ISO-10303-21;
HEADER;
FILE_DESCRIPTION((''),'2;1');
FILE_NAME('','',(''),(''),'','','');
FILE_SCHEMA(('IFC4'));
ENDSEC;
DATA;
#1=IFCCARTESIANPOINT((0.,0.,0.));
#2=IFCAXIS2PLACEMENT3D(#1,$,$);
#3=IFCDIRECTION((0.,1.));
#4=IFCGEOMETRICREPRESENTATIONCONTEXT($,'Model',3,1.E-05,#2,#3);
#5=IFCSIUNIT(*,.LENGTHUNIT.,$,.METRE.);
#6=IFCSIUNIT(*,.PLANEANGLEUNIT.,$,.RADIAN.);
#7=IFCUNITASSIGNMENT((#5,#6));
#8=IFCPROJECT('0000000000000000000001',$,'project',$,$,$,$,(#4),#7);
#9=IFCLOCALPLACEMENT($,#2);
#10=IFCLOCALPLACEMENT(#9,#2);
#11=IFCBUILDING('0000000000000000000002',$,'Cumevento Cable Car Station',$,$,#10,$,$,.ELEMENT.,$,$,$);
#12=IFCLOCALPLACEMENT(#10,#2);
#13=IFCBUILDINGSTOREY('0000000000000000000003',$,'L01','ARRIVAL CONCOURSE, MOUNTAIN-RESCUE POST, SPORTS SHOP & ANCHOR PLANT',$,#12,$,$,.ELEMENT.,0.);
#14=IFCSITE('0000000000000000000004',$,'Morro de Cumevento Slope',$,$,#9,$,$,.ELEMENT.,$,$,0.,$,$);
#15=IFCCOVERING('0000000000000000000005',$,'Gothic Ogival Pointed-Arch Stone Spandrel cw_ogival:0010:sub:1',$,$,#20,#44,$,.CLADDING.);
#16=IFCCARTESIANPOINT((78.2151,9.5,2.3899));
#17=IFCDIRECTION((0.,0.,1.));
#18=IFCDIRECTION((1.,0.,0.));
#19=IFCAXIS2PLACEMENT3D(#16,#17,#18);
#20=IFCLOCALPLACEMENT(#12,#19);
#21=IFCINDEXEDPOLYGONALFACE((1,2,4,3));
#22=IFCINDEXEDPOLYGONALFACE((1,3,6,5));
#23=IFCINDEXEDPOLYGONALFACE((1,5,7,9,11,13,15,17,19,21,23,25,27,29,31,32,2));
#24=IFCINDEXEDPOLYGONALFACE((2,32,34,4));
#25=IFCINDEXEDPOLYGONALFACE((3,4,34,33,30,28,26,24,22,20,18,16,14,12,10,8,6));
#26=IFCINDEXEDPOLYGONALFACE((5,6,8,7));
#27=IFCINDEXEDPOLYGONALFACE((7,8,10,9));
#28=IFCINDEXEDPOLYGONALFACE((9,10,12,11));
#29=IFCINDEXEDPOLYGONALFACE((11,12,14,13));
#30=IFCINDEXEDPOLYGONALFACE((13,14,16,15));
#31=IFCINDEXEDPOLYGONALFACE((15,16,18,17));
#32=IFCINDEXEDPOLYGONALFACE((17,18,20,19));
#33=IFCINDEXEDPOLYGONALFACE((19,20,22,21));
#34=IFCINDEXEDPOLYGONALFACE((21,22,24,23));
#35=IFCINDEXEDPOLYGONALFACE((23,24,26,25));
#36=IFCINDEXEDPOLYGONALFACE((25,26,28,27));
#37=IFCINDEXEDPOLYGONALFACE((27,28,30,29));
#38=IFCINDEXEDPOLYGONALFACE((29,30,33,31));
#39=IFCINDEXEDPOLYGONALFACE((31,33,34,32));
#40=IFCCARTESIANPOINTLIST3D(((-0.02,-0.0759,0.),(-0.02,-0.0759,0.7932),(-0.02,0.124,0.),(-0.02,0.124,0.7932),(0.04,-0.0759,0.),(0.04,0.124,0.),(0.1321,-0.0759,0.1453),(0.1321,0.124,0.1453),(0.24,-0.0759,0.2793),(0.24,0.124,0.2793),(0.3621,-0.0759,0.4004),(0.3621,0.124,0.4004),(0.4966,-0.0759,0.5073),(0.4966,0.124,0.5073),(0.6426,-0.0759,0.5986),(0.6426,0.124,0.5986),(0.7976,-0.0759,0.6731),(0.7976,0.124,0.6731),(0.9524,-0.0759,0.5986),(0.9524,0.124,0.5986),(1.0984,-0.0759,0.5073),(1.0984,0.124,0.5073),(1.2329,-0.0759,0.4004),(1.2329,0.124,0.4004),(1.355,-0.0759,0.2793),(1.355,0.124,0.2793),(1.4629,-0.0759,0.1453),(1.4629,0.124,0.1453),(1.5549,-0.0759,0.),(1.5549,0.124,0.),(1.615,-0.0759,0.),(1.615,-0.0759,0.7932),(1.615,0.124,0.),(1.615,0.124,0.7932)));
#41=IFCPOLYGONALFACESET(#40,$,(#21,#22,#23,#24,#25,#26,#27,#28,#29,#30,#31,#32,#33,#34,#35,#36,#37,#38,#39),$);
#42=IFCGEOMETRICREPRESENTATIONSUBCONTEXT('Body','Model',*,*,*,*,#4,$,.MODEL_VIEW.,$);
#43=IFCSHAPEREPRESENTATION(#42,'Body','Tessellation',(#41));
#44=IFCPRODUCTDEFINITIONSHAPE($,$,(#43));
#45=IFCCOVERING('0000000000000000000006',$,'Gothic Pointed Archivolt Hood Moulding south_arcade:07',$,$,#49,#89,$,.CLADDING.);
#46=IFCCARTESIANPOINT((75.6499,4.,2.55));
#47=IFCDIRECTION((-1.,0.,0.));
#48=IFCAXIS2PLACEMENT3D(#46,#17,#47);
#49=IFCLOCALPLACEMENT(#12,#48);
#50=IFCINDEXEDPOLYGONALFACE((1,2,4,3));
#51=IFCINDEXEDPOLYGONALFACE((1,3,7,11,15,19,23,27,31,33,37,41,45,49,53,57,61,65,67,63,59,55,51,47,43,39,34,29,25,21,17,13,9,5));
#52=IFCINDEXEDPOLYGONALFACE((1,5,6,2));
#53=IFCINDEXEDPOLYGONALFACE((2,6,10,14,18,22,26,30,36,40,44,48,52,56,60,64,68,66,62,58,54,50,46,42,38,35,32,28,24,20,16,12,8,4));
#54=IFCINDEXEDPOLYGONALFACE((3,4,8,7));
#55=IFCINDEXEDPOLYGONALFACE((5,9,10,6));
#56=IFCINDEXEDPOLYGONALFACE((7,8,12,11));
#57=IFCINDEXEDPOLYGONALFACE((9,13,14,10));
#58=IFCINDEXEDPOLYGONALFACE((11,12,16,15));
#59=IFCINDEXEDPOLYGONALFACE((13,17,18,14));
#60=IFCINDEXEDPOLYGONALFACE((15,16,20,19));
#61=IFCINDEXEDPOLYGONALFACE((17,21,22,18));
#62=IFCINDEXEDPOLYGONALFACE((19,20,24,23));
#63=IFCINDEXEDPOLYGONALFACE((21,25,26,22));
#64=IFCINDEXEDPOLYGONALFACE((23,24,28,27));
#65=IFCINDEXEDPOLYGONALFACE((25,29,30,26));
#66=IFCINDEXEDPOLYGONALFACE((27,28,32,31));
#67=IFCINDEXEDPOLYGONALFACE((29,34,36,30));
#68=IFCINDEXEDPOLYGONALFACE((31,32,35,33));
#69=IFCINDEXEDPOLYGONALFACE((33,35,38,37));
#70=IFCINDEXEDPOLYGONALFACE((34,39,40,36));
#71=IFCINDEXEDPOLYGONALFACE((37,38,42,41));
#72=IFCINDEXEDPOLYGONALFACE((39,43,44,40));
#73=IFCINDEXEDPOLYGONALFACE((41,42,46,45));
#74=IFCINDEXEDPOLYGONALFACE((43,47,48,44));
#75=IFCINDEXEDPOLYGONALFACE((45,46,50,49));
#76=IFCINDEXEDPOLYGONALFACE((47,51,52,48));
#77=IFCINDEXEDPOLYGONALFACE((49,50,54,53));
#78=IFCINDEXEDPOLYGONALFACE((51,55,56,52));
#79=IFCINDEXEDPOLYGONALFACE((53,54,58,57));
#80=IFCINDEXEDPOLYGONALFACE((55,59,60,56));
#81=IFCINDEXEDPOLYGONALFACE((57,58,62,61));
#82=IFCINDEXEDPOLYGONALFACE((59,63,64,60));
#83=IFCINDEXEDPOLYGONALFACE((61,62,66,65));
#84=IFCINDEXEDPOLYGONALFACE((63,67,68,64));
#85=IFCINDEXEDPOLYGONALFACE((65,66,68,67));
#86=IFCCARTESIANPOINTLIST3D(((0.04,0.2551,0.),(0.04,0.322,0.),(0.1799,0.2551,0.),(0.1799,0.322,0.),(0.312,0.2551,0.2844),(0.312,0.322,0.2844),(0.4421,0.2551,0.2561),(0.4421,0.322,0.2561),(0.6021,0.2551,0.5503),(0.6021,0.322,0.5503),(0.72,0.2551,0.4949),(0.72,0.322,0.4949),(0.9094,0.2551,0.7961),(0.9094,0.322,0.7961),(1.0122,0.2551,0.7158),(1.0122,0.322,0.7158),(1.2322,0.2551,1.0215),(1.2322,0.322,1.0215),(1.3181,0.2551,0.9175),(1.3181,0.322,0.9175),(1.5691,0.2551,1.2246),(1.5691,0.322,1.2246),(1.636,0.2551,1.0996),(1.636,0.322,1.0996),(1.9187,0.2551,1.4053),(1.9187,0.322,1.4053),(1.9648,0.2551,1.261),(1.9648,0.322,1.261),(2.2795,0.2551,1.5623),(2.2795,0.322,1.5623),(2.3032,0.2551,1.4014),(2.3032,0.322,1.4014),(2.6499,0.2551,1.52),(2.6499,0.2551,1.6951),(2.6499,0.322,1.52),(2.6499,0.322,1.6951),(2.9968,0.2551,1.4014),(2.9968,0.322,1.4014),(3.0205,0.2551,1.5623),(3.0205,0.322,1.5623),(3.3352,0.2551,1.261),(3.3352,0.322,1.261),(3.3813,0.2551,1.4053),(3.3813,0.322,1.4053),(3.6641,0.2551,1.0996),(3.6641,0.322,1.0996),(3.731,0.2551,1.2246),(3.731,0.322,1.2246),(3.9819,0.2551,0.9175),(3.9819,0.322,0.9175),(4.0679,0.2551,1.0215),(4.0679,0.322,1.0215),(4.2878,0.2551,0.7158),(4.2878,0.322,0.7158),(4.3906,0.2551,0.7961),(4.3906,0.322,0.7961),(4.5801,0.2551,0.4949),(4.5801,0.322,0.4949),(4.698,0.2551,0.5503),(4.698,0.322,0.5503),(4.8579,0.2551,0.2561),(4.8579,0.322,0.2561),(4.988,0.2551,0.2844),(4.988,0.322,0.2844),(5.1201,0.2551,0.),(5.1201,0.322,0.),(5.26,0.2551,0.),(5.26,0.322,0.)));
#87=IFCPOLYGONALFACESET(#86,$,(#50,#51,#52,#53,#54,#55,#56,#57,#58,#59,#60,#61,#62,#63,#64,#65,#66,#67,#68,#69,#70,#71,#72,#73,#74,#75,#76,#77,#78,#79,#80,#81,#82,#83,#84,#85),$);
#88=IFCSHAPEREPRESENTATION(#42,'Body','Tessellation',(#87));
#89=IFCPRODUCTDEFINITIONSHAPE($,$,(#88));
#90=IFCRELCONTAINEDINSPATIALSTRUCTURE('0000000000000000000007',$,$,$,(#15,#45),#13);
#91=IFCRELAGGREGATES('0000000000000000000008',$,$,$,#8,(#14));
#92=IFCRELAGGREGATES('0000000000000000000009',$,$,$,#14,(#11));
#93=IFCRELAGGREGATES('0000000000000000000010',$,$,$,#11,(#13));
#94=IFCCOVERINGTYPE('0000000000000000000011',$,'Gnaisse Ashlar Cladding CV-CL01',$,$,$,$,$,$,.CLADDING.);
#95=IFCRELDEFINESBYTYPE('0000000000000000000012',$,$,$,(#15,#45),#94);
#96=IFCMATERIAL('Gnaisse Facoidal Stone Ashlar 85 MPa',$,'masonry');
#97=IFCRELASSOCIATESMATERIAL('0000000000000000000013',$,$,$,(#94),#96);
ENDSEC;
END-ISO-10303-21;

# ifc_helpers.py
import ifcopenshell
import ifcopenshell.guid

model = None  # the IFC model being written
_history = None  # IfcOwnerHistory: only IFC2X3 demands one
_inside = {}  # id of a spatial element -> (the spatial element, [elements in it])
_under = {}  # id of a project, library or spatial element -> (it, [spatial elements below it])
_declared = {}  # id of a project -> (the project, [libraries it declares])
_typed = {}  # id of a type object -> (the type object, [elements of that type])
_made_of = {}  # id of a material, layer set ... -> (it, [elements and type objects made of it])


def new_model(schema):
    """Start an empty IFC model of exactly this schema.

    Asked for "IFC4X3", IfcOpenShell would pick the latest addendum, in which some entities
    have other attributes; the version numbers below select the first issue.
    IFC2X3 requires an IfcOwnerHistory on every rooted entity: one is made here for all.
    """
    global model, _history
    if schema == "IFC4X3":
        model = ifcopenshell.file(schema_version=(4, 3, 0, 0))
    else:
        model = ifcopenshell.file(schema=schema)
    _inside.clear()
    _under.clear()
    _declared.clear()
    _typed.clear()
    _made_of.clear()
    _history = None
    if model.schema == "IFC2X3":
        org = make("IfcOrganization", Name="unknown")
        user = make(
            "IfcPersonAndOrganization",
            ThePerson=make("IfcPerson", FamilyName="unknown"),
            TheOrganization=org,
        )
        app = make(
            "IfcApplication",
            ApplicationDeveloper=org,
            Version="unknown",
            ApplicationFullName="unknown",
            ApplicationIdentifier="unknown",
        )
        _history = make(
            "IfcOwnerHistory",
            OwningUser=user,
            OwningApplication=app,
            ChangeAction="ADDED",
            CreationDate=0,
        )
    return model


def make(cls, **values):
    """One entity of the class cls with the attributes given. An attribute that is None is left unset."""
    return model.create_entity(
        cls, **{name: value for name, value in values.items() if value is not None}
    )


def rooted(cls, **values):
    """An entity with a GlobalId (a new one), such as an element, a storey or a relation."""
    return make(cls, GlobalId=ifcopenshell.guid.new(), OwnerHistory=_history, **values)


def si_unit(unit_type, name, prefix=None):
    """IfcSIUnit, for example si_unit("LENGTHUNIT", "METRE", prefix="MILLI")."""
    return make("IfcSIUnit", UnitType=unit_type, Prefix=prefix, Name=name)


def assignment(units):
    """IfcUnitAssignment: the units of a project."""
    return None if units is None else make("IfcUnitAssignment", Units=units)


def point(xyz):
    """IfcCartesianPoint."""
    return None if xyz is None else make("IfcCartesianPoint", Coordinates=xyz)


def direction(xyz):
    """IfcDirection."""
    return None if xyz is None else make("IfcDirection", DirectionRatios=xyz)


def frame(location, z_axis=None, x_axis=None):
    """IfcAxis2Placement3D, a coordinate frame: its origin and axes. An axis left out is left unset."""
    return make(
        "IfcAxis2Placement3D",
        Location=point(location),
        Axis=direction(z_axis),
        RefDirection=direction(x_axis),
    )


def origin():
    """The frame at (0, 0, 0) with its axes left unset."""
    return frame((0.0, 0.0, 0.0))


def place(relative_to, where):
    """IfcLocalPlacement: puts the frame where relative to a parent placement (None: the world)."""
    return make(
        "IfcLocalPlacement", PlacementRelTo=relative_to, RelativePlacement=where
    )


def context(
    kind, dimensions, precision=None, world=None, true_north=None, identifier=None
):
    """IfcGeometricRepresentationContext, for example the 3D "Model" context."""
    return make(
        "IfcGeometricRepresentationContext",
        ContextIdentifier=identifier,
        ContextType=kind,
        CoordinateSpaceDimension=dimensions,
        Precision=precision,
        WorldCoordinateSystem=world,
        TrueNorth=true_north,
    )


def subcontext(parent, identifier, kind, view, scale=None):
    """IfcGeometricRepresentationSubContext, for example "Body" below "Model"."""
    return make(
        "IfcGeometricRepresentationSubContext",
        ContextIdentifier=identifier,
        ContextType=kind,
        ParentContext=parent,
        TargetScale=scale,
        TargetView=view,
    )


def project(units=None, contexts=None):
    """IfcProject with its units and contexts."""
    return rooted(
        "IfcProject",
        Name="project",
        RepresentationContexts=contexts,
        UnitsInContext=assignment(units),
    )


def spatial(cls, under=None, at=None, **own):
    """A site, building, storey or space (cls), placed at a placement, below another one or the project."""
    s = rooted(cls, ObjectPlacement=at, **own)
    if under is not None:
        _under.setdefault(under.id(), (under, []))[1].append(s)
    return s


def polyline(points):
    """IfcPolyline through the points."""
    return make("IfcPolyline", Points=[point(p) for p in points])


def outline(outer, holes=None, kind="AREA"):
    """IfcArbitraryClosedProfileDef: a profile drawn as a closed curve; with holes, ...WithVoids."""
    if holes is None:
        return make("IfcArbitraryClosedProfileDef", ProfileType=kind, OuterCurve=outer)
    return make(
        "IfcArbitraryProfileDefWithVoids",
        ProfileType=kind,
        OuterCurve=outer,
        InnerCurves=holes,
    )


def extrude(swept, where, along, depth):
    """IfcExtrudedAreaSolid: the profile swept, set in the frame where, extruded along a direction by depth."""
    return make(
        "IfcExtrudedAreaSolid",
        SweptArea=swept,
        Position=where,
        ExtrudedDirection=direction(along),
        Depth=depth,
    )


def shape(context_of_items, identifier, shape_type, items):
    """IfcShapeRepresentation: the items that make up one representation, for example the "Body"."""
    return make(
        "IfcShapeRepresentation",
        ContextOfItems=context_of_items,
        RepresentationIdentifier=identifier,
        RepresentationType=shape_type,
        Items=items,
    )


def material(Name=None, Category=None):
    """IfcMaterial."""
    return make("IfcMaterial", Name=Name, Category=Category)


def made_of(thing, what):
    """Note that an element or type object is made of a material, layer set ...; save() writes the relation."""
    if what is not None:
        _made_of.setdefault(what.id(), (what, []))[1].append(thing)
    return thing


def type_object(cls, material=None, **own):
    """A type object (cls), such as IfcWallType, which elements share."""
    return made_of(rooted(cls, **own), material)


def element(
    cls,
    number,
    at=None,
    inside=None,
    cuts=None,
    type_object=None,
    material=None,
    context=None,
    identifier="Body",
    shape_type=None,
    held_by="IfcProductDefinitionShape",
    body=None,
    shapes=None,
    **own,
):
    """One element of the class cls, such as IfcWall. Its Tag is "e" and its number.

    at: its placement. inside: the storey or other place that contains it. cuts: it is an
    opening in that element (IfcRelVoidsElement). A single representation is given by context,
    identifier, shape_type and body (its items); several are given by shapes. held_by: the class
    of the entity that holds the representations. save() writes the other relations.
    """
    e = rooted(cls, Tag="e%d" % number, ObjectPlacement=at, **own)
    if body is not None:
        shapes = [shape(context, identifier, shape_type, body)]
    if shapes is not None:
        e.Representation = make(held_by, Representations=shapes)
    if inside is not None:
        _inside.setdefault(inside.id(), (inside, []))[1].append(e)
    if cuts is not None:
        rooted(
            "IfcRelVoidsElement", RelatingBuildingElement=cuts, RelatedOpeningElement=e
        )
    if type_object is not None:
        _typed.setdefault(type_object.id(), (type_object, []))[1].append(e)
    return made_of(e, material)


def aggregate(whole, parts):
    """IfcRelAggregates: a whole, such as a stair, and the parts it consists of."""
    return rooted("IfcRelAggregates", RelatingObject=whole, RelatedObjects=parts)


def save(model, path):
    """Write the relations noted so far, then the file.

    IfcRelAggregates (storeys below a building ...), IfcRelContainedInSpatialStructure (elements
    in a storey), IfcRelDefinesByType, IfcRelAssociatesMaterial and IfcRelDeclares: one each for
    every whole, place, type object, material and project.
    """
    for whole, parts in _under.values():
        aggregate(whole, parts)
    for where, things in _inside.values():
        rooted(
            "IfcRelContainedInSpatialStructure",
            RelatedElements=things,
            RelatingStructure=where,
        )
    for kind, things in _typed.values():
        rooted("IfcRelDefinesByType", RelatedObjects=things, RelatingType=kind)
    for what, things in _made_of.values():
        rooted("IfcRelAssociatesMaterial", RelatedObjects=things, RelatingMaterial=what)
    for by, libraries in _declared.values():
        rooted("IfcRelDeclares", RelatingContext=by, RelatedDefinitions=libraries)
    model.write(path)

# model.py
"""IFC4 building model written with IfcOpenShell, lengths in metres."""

from ifc_helpers import new_model, si_unit, direction, frame, origin, place, context, subcontext, project, spatial, polyline, outline, extrude, material, type_object, element, save


model = new_model("IFC4")

# Units and contexts
model_context = context("Model", 3, precision=1e-05, world=origin(), true_north=direction((0.0, 1.0)))
body_context = subcontext(model_context, "Body", "Model", "MODEL_VIEW")
ifc_project = project(units=[si_unit("LENGTHUNIT", "METRE"), si_unit("PLANEANGLEUNIT", "RADIAN")], contexts=[model_context])

# Site, building, storey
site_placement = place(None, origin())
site = spatial("IfcSite", under=ifc_project, at=site_placement, Name="Morro de Cumevento Slope", CompositionType="ELEMENT", RefElevation=0.0)
building_placement = place(site_placement, origin())
building = spatial("IfcBuilding", under=site, at=building_placement, Name="Cumevento Cable Car Station", CompositionType="ELEMENT")
storey_placement = place(building_placement, origin())
storey = spatial("IfcBuildingStorey", under=building, at=storey_placement, Name="L01", Description="ARRIVAL CONCOURSE, MOUNTAIN-RESCUE POST, SPORTS SHOP & ANCHOR PLANT", CompositionType="ELEMENT", Elevation=0.0)

# Coverings
ifc_material_1 = material(Name="Gnaisse Facoidal Stone Ashlar 85 MPa", Category="masonry")
covering_type = type_object("IfcCoveringType", Name="Gnaisse Ashlar Cladding CV-CL01", PredefinedType="CLADDING", material=ifc_material_1)
for number, where, z_axis, x_axis, name in (
    (1, (78.2151, 9.5, 2.3899), (0.0, 0.0, 1.0), (1.0, 0.0, 0.0), "Gothic Ogival Pointed-Arch Stone Spandrel cw_ogival:0010:sub:1"),
):
    element("IfcCovering", number, at=place(storey_placement, frame(where, z_axis=z_axis, x_axis=x_axis)), inside=storey, type_object=covering_type, Name=name, PredefinedType="CLADDING", context=body_context, shape_type="SweptSolid", body=[
        extrude(outline(polyline([(-0.02, 0.0), (-0.02, 0.7932), (1.615, 0.7932), (1.615, 0.0), (1.5549, 0.0), (1.4629, 0.1453), (1.355, 0.2793), (1.2329, 0.4004), (1.0984, 0.5073), (0.9524, 0.5986), (0.7976, 0.6731), (0.6426, 0.5986), (0.4966, 0.5073), (0.3621, 0.4004), (0.24, 0.2793), (0.1321, 0.1453), (0.04, 0.0), (-0.02, 0.0)])), frame((0.0, 0.124, 0.0), z_axis=(0.0, -1.0, 0.0), x_axis=(1.0, 0.0, 0.0)), (0.0, 0.0, 1.0), 0.2),
    ])
covering_1_placement = place(storey_placement, frame((75.6499, 4.0, 2.55), z_axis=(0.0, 0.0, 1.0), x_axis=(-1.0, 0.0, 0.0)))
element("IfcCovering", 2, at=covering_1_placement, inside=storey, type_object=covering_type, Name="Gothic Pointed Archivolt Hood Moulding south_arcade:07", PredefinedType="CLADDING", context=body_context, shape_type="SweptSolid", body=[
    extrude(outline(polyline([(0.1799, 0.0), (0.4421, 0.2561), (0.72, 0.4949), (1.0122, 0.7158), (1.3181, 0.9175), (1.636, 1.0996), (1.9648, 1.261), (2.3032, 1.4014), (2.6499, 1.52), (2.9968, 1.4014), (3.3352, 1.261), (3.6641, 1.0996), (3.9819, 0.9175), (4.2878, 0.7158), (4.5801, 0.4949), (4.8579, 0.2561), (5.1201, 0.0), (5.26, 0.0), (4.988, 0.2844), (4.698, 0.5503), (4.3906, 0.7961), (4.0679, 1.0215), (3.731, 1.2246), (3.3813, 1.4053), (3.0205, 1.5623), (2.6499, 1.6951), (2.2795, 1.5623), (1.9187, 1.4053), (1.5691, 1.2246), (1.2322, 1.0215), (0.9094, 0.7961), (0.6021, 0.5503), (0.312, 0.2844), (0.04, 0.0), (0.1799, 0.0)])), frame((0.0, 0.322, 0.0), z_axis=(0.0, -1.0, 0.0), x_axis=(1.0, 0.0, 0.0)), (0.0, 0.0, 1.0), 0.0669),
])

save(model, "model.ifc")
